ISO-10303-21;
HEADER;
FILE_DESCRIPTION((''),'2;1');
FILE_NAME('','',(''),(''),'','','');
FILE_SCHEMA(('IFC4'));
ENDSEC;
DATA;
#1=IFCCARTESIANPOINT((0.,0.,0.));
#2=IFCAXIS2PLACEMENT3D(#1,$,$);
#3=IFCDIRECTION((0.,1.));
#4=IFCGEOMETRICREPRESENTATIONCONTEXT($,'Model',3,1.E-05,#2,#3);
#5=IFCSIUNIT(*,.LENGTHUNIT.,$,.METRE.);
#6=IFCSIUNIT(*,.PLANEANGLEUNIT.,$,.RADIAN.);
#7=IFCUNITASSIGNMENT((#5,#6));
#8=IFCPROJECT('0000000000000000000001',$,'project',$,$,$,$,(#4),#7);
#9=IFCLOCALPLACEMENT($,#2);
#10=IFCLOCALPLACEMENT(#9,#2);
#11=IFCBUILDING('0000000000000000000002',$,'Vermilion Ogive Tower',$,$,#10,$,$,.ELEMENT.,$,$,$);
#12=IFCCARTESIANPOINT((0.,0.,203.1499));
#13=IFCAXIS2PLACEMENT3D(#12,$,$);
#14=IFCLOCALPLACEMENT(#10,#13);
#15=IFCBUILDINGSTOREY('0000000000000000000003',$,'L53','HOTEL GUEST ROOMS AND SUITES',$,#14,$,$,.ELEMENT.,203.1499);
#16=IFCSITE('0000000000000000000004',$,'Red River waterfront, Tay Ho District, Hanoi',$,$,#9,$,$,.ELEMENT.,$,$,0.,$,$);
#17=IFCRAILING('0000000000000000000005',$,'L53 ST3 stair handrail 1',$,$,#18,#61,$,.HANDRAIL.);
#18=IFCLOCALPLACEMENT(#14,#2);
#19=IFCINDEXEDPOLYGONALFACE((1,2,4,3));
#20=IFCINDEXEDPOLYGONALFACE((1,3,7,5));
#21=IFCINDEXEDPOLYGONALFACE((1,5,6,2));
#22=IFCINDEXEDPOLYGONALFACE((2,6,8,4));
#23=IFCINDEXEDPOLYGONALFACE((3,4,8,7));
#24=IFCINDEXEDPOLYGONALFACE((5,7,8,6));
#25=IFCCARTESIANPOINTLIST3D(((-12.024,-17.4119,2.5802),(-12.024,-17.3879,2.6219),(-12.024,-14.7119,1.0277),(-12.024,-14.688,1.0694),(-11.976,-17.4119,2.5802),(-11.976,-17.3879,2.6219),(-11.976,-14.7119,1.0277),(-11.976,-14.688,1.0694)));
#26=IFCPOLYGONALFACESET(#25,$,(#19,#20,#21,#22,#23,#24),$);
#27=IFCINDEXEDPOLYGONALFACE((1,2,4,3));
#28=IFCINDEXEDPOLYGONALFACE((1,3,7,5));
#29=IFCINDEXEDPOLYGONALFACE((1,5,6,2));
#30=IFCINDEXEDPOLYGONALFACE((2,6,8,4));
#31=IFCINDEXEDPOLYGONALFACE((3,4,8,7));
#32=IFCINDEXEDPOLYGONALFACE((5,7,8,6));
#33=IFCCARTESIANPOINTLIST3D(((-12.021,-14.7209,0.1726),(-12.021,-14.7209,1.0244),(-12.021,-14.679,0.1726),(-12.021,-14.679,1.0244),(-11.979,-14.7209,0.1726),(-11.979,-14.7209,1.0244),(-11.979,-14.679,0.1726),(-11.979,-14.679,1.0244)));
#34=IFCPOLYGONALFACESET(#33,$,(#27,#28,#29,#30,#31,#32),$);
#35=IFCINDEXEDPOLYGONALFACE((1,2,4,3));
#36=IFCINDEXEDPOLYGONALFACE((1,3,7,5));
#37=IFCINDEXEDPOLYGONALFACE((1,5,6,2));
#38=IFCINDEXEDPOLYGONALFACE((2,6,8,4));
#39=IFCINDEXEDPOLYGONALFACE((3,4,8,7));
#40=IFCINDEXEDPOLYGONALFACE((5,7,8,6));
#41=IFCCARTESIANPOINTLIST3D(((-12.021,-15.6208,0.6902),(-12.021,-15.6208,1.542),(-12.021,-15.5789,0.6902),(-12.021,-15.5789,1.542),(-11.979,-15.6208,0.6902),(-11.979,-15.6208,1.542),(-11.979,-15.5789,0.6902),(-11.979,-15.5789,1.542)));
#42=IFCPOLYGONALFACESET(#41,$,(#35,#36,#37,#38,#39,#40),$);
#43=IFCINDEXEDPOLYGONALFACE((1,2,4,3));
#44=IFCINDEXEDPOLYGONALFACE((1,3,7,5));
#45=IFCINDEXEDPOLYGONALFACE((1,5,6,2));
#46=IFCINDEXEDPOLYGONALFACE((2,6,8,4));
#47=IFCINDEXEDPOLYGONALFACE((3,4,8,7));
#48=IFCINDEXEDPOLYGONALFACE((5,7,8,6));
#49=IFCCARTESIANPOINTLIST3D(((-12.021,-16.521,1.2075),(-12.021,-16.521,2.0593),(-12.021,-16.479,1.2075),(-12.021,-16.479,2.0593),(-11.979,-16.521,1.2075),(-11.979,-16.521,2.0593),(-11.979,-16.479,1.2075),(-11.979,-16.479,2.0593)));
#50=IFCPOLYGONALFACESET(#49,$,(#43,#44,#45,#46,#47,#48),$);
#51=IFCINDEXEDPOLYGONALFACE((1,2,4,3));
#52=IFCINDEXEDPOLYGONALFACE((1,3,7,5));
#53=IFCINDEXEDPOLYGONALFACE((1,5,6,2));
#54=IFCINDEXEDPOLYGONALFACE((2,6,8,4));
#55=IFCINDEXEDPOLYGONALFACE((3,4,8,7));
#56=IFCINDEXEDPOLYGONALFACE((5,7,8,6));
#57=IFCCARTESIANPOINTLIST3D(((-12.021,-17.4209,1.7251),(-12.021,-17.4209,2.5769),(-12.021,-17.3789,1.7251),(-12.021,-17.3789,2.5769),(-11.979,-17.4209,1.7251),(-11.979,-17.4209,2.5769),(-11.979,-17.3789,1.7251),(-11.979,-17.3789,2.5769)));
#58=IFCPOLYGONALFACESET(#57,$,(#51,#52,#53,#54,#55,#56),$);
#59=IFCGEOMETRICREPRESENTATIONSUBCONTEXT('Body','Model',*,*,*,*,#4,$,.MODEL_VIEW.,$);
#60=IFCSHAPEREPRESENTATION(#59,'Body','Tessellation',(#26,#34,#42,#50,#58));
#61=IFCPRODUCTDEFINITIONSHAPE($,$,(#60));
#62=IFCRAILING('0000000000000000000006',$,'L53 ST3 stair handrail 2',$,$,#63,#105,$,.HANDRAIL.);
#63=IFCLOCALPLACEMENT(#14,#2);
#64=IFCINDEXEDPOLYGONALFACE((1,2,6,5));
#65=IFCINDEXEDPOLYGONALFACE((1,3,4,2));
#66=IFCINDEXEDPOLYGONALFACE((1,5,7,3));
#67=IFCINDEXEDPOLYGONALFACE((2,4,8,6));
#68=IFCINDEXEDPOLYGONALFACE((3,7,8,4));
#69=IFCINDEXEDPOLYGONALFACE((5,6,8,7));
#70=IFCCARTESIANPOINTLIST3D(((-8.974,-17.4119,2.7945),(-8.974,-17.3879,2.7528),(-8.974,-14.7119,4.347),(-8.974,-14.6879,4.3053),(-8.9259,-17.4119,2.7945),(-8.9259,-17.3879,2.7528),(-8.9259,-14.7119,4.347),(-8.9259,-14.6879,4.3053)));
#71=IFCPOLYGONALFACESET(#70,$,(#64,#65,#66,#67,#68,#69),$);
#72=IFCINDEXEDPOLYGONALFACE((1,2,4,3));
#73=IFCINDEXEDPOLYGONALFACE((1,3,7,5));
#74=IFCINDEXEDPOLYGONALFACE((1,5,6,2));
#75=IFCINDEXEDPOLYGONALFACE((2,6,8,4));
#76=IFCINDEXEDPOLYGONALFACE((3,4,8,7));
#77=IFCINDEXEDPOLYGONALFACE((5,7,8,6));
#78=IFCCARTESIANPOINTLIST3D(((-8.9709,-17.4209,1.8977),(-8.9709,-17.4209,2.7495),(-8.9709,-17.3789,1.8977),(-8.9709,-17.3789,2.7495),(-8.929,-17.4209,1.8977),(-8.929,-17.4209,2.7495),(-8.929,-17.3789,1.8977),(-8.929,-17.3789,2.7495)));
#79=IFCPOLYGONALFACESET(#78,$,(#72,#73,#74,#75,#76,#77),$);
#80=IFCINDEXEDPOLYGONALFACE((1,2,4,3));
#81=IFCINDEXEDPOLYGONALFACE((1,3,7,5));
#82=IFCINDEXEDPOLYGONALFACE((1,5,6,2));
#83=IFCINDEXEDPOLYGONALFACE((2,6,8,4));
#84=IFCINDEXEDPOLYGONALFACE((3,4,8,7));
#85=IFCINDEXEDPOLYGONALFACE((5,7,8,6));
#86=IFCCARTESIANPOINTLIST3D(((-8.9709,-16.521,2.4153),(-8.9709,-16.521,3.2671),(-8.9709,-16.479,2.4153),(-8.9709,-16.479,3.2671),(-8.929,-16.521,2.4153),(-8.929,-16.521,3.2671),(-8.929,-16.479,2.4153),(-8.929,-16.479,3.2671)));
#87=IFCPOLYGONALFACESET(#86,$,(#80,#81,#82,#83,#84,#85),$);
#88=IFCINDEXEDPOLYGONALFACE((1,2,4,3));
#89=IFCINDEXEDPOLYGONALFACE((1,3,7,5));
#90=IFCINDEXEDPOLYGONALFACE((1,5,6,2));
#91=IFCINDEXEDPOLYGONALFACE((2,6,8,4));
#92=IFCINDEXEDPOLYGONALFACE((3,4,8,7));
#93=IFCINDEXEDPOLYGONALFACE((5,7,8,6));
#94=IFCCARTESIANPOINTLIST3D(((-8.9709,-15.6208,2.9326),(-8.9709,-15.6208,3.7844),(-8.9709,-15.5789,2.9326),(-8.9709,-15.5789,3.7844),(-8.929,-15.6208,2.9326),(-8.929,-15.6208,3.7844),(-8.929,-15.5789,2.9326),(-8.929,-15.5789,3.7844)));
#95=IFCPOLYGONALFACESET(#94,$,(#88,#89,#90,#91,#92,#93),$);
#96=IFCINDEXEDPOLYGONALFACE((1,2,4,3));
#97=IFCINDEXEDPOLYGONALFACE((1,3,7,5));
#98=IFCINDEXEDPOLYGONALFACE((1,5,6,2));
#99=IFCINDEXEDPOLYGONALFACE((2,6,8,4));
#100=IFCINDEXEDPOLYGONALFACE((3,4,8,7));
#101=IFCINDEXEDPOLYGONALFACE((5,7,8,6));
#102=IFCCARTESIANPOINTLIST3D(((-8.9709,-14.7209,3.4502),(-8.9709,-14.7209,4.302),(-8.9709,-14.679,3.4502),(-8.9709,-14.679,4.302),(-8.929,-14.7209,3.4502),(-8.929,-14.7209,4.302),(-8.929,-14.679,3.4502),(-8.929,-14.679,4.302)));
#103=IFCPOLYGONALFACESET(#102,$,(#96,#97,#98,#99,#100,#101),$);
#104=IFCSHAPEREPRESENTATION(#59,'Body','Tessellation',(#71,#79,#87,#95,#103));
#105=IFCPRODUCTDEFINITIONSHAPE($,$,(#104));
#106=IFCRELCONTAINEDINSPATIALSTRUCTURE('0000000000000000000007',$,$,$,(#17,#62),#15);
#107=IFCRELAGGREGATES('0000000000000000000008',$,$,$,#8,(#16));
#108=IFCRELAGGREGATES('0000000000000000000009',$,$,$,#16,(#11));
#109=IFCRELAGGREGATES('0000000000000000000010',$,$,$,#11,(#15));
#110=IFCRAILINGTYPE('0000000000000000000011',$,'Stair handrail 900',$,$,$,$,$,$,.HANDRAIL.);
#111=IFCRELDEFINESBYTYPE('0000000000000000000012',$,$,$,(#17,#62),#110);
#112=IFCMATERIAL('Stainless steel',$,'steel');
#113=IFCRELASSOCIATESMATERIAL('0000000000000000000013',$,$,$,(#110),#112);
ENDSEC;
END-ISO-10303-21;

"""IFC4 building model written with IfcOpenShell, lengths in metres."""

from ifc_helpers import new_model, si_unit, direction, frame, origin, origin_2d, place, context, subcontext, project, spatial, rectangle, extrude, material, type_object, element, save


model = new_model("IFC4")

# Units and contexts
model_context = context("Model", 3, precision=1e-05, world=origin(), true_north=direction((0.0, 1.0)))
body_context = subcontext(model_context, "Body", "Model", "MODEL_VIEW")
ifc_project = project(units=[si_unit("LENGTHUNIT", "METRE"), si_unit("PLANEANGLEUNIT", "RADIAN")], contexts=[model_context])

# Site, building, storey
site_placement = place(None, origin())
site = spatial("IfcSite", under=ifc_project, at=site_placement, Name="Red River waterfront, Tay Ho District, Hanoi", CompositionType="ELEMENT", RefElevation=0.0)
building_placement = place(site_placement, origin())
building = spatial("IfcBuilding", under=site, at=building_placement, Name="Vermilion Ogive Tower", CompositionType="ELEMENT")
storey_placement = place(building_placement, frame((0.0, 0.0, 203.1499)))
storey = spatial("IfcBuildingStorey", under=building, at=storey_placement, Name="L53", Description="HOTEL GUEST ROOMS AND SUITES", CompositionType="ELEMENT", Elevation=203.1499)

# Railings
ifc_material_1 = material(Name="Stainless steel", Category="steel")
railing_type_1 = type_object("IfcRailingType", Name="Stair handrail 900", PredefinedType="HANDRAIL", material=ifc_material_1)
railing_1_placement = place(storey_placement, frame((-12.0, -14.7, 0.1726)))
element("IfcRailing", 1, at=railing_1_placement, inside=storey, type_object=railing_type_1, Name="L53 ST3 stair handrail 1", PredefinedType="HANDRAIL", context=body_context, shape_type="SweptSolid", body=[
    extrude(rectangle(XDim=0.0481, YDim=0.0481, at=origin_2d()), frame((0.0, 0.0, 0.876), z_axis=(0.0, -0.866904, 0.498476), x_axis=(1.0, 0.0, 0.0)), (0.0, 0.0, 1.0), 3.1145),
    extrude(rectangle(XDim=0.042, YDim=0.042, at=origin_2d()), origin(), (0.0, 0.0, 1.0), 0.8518),
    extrude(rectangle(XDim=0.042, YDim=0.042, at=origin_2d()), frame((0.0, -0.8999, 0.5176)), (0.0, 0.0, 1.0), 0.8518),
    extrude(rectangle(XDim=0.042, YDim=0.042, at=origin_2d()), frame((0.0, -1.8, 1.0349)), (0.0, 0.0, 1.0), 0.8518),
    extrude(rectangle(XDim=0.042, YDim=0.042, at=origin_2d()), frame((0.0, -2.7, 1.5525)), (0.0, 0.0, 1.0), 0.8518),
])
railing_2_placement = place(storey_placement, frame((-8.95, -17.3999, 1.8977)))
element("IfcRailing", 2, at=railing_2_placement, inside=storey, type_object=railing_type_1, Name="L53 ST3 stair handrail 2", PredefinedType="HANDRAIL", context=body_context, shape_type="SweptSolid", body=[
    extrude(rectangle(XDim=0.0481, YDim=0.0481, at=origin_2d()), frame((0.0, 0.0, 0.876), z_axis=(0.0, 0.866904, 0.498476), x_axis=(-1.0, 0.0, 0.0)), (0.0, 0.0, 1.0), 3.1145),
    extrude(rectangle(XDim=0.042, YDim=0.042, at=origin_2d()), origin(), (0.0, 0.0, 1.0), 0.8518),
    extrude(rectangle(XDim=0.042, YDim=0.042, at=origin_2d()), frame((0.0, 0.8999, 0.5176)), (0.0, 0.0, 1.0), 0.8518),
    extrude(rectangle(XDim=0.042, YDim=0.042, at=origin_2d()), frame((0.0, 1.8, 1.0349)), (0.0, 0.0, 1.0), 0.8518),
    extrude(rectangle(XDim=0.042, YDim=0.042, at=origin_2d()), frame((0.0, 2.7, 1.5525)), (0.0, 0.0, 1.0), 0.8518),
])

save(model, "model.ifc")
